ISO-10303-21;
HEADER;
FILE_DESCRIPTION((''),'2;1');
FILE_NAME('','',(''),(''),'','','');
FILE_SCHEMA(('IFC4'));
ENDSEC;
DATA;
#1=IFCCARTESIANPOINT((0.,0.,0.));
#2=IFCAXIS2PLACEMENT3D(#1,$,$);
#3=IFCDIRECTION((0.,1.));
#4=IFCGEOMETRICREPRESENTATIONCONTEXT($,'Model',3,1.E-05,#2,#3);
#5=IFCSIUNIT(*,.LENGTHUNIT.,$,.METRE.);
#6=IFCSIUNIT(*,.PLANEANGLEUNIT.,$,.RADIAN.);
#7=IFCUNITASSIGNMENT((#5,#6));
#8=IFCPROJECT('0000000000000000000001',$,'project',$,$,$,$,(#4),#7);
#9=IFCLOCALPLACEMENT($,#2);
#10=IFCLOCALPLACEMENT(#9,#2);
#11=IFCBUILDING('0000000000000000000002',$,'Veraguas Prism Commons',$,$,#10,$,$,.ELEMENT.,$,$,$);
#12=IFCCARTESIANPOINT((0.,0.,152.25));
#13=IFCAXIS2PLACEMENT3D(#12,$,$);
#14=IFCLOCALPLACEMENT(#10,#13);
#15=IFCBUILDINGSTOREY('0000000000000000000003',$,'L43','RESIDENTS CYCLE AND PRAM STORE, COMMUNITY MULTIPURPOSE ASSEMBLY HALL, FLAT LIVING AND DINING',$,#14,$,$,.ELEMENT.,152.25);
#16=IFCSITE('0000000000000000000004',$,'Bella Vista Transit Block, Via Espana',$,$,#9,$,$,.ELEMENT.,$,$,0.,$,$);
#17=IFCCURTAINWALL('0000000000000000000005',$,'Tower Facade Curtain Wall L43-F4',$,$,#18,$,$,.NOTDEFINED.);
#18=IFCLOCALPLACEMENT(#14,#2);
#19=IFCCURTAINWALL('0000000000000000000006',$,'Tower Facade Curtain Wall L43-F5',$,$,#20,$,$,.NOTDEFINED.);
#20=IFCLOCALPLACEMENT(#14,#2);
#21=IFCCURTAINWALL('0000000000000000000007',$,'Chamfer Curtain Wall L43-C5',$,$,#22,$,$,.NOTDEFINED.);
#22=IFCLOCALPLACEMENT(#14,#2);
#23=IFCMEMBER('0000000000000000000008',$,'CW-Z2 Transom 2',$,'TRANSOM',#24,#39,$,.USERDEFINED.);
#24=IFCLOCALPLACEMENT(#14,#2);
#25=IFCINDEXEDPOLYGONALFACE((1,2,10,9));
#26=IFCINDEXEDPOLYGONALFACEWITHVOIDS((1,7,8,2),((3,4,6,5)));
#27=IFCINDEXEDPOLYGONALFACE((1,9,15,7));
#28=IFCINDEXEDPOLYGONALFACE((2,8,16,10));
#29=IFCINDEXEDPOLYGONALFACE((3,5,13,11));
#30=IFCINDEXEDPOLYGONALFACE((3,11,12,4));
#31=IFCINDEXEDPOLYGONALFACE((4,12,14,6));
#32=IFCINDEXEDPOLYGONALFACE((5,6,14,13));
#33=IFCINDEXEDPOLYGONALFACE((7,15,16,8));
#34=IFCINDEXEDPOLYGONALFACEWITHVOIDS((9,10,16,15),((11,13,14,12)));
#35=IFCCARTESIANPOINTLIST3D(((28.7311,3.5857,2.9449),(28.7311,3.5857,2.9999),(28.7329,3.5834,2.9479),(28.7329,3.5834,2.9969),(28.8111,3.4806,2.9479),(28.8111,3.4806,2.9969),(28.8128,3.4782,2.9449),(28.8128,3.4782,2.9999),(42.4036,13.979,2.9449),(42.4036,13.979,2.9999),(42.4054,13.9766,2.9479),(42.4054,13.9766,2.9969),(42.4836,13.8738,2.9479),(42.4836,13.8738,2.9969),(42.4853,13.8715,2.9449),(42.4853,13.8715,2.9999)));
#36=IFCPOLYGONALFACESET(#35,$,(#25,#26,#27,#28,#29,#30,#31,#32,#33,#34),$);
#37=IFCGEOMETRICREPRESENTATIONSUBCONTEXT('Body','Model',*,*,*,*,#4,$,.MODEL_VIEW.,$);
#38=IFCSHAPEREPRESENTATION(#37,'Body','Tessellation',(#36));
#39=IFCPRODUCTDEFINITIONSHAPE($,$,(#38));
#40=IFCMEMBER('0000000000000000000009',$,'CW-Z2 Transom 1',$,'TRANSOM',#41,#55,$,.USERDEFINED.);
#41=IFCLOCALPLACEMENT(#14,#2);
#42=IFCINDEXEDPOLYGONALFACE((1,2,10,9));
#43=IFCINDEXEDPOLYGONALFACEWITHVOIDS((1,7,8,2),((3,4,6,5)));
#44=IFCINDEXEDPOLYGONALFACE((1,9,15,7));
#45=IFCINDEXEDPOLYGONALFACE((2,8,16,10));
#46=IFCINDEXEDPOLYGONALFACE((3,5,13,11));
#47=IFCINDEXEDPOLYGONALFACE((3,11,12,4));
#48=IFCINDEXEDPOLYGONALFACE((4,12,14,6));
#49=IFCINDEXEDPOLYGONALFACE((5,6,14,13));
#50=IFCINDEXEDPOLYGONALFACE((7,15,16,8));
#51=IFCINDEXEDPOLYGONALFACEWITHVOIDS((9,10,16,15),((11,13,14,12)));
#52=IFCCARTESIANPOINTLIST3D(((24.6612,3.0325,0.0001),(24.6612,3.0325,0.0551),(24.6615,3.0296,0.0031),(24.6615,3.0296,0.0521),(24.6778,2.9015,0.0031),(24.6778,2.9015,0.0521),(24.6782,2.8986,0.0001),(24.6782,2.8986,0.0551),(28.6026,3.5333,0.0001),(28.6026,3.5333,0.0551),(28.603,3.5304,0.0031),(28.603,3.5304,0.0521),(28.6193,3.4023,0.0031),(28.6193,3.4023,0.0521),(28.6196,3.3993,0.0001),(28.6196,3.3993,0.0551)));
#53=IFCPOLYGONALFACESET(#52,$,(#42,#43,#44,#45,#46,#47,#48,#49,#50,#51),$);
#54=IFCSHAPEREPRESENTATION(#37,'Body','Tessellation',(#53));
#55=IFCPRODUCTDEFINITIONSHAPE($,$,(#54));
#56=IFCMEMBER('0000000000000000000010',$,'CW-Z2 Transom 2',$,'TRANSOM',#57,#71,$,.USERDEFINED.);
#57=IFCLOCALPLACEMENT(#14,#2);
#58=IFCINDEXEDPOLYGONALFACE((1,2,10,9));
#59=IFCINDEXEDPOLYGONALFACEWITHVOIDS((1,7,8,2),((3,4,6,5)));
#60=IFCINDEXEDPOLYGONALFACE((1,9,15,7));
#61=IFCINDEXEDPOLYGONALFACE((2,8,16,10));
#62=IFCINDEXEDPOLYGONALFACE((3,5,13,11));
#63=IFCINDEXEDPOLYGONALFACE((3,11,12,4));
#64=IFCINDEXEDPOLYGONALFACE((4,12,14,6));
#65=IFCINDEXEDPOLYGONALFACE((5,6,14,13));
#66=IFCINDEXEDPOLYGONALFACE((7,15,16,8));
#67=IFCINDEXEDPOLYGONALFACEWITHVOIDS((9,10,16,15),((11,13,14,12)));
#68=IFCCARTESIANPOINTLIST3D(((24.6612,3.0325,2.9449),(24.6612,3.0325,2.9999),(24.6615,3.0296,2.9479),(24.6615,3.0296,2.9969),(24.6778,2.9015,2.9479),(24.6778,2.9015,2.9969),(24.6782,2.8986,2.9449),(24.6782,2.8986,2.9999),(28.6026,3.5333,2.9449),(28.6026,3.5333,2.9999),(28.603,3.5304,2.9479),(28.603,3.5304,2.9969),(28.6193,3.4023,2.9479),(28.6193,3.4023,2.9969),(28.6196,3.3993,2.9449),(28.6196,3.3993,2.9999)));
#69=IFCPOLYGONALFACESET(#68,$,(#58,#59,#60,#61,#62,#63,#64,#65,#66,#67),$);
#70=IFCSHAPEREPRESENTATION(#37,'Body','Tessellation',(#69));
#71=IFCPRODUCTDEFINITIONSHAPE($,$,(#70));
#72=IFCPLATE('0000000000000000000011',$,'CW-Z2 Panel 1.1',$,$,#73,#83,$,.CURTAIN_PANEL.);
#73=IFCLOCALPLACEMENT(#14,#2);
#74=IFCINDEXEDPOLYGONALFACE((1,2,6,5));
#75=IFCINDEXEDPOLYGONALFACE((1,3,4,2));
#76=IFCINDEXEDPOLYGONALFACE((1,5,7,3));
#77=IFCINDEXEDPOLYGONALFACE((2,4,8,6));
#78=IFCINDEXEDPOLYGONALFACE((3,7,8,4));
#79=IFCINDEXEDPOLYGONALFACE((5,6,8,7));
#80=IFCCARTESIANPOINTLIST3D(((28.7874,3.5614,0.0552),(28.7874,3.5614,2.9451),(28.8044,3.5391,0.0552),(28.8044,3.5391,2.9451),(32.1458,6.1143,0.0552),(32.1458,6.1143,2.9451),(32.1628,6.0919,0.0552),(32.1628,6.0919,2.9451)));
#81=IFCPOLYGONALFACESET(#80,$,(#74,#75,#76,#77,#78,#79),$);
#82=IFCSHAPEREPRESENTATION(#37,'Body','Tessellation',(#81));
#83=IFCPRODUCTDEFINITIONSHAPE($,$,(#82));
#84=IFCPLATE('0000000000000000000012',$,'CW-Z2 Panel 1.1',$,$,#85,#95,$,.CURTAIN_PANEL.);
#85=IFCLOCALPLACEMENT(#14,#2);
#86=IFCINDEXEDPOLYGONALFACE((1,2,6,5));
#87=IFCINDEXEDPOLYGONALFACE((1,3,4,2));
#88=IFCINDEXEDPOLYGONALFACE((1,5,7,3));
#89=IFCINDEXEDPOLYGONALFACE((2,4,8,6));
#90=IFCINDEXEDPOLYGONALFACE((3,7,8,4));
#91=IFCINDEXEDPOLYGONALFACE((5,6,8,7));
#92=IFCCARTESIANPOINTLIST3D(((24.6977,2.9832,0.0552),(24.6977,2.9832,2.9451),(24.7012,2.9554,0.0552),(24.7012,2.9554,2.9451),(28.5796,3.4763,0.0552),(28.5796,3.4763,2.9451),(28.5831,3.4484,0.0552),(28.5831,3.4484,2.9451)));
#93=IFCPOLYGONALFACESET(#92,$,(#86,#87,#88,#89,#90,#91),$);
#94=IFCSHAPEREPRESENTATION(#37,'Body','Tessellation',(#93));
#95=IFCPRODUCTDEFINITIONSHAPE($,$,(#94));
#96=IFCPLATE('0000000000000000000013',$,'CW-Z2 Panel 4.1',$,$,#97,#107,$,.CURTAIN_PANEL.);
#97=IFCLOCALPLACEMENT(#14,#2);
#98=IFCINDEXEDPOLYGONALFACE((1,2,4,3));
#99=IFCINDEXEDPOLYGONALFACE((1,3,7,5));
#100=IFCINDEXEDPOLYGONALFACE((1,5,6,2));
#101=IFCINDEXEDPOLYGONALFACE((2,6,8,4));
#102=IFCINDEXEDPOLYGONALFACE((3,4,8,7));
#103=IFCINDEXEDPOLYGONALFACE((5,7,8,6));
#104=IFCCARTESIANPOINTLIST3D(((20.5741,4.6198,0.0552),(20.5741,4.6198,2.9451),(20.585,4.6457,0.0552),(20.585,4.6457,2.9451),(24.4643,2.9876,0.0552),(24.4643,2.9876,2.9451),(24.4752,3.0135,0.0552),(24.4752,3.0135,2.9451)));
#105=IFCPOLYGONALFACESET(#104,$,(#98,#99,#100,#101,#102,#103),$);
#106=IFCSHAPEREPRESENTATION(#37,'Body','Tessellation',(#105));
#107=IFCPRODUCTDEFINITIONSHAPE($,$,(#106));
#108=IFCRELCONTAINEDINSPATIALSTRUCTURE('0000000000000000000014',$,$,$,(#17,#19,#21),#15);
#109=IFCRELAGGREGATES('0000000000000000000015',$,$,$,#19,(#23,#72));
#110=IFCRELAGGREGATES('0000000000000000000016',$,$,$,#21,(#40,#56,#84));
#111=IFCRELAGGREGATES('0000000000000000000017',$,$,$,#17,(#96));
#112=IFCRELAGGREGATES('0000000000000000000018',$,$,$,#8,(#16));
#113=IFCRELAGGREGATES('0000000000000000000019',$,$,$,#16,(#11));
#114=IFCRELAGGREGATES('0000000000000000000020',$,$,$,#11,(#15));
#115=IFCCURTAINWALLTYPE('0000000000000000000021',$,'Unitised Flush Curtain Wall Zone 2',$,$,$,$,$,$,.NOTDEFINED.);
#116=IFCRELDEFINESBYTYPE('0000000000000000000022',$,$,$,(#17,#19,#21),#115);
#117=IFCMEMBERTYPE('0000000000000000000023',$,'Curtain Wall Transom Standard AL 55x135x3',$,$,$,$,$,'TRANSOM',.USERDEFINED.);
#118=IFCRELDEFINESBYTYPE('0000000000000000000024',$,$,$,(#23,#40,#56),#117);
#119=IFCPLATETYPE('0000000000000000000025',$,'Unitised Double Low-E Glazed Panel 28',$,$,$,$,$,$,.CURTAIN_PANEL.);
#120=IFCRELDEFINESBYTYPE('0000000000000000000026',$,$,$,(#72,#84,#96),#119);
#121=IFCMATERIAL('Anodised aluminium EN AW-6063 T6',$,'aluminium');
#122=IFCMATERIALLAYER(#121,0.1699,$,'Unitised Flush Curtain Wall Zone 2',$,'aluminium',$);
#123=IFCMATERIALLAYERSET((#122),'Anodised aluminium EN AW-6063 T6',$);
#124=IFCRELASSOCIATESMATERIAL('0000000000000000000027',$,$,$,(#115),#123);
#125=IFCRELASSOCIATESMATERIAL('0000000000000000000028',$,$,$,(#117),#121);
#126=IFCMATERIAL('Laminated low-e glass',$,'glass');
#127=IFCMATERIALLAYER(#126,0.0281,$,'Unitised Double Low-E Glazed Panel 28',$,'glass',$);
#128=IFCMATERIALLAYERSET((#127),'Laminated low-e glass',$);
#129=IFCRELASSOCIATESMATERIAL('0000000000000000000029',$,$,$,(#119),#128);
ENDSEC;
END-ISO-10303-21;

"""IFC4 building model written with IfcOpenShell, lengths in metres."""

from ifc_helpers import new_model, si_unit, direction, frame, origin, origin_2d, place, context, subcontext, project, spatial, rectangle, hollow_rectangle, extrude, source, transform, mapped, material, layer, layer_set, material_profile, profile_set, type_object, element, aggregate, save


model = new_model("IFC4")

# Units and contexts
model_context = context("Model", 3, precision=1e-05, world=origin(), true_north=direction((0.0, 1.0)))
body_context = subcontext(model_context, "Body", "Model", "MODEL_VIEW")
ifc_project = project(units=[si_unit("LENGTHUNIT", "METRE"), si_unit("PLANEANGLEUNIT", "RADIAN")], contexts=[model_context])

# Site, building, storey
site_placement = place(None, origin())
site = spatial("IfcSite", under=ifc_project, at=site_placement, Name="Bella Vista Transit Block, Via Espana", CompositionType="ELEMENT", RefElevation=0.0)
building_placement = place(site_placement, origin())
building = spatial("IfcBuilding", under=site, at=building_placement, Name="Veraguas Prism Commons", CompositionType="ELEMENT")
storey_placement = place(building_placement, frame((0.0, 0.0, 152.25)))
storey = spatial("IfcBuildingStorey", under=building, at=storey_placement, Name="L43", Description="RESIDENTS CYCLE AND PRAM STORE, COMMUNITY MULTIPURPOSE ASSEMBLY HALL, FLAT LIVING AND DINING", CompositionType="ELEMENT", Elevation=152.25)

# Curtain walls
ifc_material_1 = material(Name="Anodised aluminium EN AW-6063 T6", Category="aluminium")
ifc_layer_1 = layer(ifc_material_1, 0.1699, Name="Unitised Flush Curtain Wall Zone 2", Category="aluminium")
ifc_layer_set_1 = layer_set([ifc_layer_1], Name="Anodised aluminium EN AW-6063 T6")
curtain_wall_type = type_object("IfcCurtainWallType", Name="Unitised Flush Curtain Wall Zone 2", PredefinedType="NOTDEFINED", material=ifc_layer_set_1)
curtain_wall_1_placement = place(storey_placement, origin())
curtain_wall_1 = element("IfcCurtainWall", 1, at=curtain_wall_1_placement, inside=storey, type_object=curtain_wall_type, Name="Tower Facade Curtain Wall L43-F4", PredefinedType="NOTDEFINED")
curtain_wall_2_placement = place(storey_placement, origin())
curtain_wall_2 = element("IfcCurtainWall", 2, at=curtain_wall_2_placement, inside=storey, type_object=curtain_wall_type, Name="Tower Facade Curtain Wall L43-F5", PredefinedType="NOTDEFINED")

# Curtain wall
curtain_wall_3_placement = place(storey_placement, origin())
curtain_wall_3 = element("IfcCurtainWall", 3, at=curtain_wall_3_placement, inside=storey, type_object=curtain_wall_type, Name="Chamfer Curtain Wall L43-C5", PredefinedType="NOTDEFINED")

# Members
ifc_material_profile_1 = material_profile(ifc_material_1, hollow_rectangle(XDim=0.0549, YDim=0.135, WallThickness=0.0029, at=origin_2d()), Name="AL55X135X3")
ifc_profile_set_1 = profile_set([ifc_material_profile_1], Name="Anodised aluminium EN AW-6063 T6")
member_type_1 = type_object("IfcMemberType", Name="Curtain Wall Transom Standard AL 55x135x3", ElementType="TRANSOM", PredefinedType="USERDEFINED", material=ifc_profile_set_1)
shared_shape_1 = source(origin(), body_context, "Body", "SweptSolid", [
    extrude(hollow_rectangle(XDim=0.0549, YDim=0.135, WallThickness=0.0029, at=origin_2d()), origin(), (0.0, 0.0, 1.0), 17.1743),
])
member_1_placement = place(storey_placement, frame((28.772, 3.532, 2.9724), z_axis=(0.796102, 0.605162, 0.0), x_axis=(0.0, 0.0, 1.0)))
member_1 = element("IfcMember", 4, at=member_1_placement, type_object=member_type_1, Name="CW-Z2 Transom 2", ObjectType="TRANSOM", PredefinedType="USERDEFINED", context=body_context, shape_type="MappedRepresentation", body=[
    mapped(shared_shape_1, transform((0.0, 0.0, 0.0), scale=1.0)),
])
shared_shape_2 = source(origin(), body_context, "Body", "SweptSolid", [
    extrude(hollow_rectangle(XDim=0.0549, YDim=0.135, WallThickness=0.0029, at=origin_2d()), origin(), (0.0, 0.0, 1.0), 3.9731),
])
member_2_placement = place(storey_placement, frame((24.6697, 2.9656, 0.0276), z_axis=(0.992026, 0.126031, 0.0), x_axis=(0.0, 0.0, 1.0)))
member_2 = element("IfcMember", 5, at=member_2_placement, type_object=member_type_1, Name="CW-Z2 Transom 1", ObjectType="TRANSOM", PredefinedType="USERDEFINED", context=body_context, shape_type="MappedRepresentation", body=[
    mapped(shared_shape_2, transform((0.0, 0.0, 0.0), scale=1.0)),
])
member_3_placement = place(storey_placement, frame((24.6697, 2.9656, 2.9724), z_axis=(0.992026, 0.126031, 0.0), x_axis=(0.0, 0.0, 1.0)))
member_3 = element("IfcMember", 6, at=member_3_placement, type_object=member_type_1, Name="CW-Z2 Transom 2", ObjectType="TRANSOM", PredefinedType="USERDEFINED", context=body_context, shape_type="MappedRepresentation", body=[
    mapped(shared_shape_2, transform((0.0, 0.0, 0.0), scale=1.0)),
])

# Plates
ifc_material_2 = material(Name="Laminated low-e glass", Category="glass")
ifc_layer_2 = layer(ifc_material_2, 0.0281, Name="Unitised Double Low-E Glazed Panel 28", Category="glass")
ifc_layer_set_2 = layer_set([ifc_layer_2], Name="Laminated low-e glass")
plate_type = type_object("IfcPlateType", Name="Unitised Double Low-E Glazed Panel 28", PredefinedType="CURTAIN_PANEL", material=ifc_layer_set_2)
shared_shape_3 = source(origin(), body_context, "Body", "SweptSolid", [
    extrude(rectangle(XDim=4.2185, YDim=0.0281, at=origin_2d()), origin(), (0.0, 0.0, 1.0), 2.8899),
])
plate_1_placement = place(storey_placement, frame((30.4751, 4.8267, 0.0552), z_axis=(0.0, 0.0, 1.0), x_axis=(0.796104, 0.605159, 0.0)))
plate_1 = element("IfcPlate", 7, at=plate_1_placement, type_object=plate_type, Name="CW-Z2 Panel 1.1", PredefinedType="CURTAIN_PANEL", context=body_context, shape_type="MappedRepresentation", body=[
    mapped(shared_shape_3, transform((0.0, 0.0, 0.0), scale=1.0)),
])
aggregate(curtain_wall_2, [member_1, plate_1])
shared_shape_4 = source(origin(), body_context, "Body", "SweptSolid", [
    extrude(rectangle(XDim=3.9131, YDim=0.0281, at=origin_2d()), origin(), (0.0, 0.0, 1.0), 2.8899),
])
plate_2_placement = place(storey_placement, frame((26.6404, 3.2158, 0.0552), z_axis=(0.0, 0.0, 1.0), x_axis=(0.99203, 0.126005, 0.0)))
plate_2 = element("IfcPlate", 8, at=plate_2_placement, type_object=plate_type, Name="CW-Z2 Panel 1.1", PredefinedType="CURTAIN_PANEL", context=body_context, shape_type="MappedRepresentation", body=[
    mapped(shared_shape_4, transform((0.0, 0.0, 0.0), scale=1.0)),
])
aggregate(curtain_wall_3, [member_2, member_3, plate_2])
shared_shape_5 = source(origin(), body_context, "Body", "SweptSolid", [
    extrude(rectangle(XDim=4.2188, YDim=0.0281, at=origin_2d()), origin(), (0.0, 0.0, 1.0), 2.8899),
])
plate_3_placement = place(storey_placement, frame((22.5247, 3.8167, 0.0552), z_axis=(0.0, 0.0, 1.0), x_axis=(0.922132, -0.386875, 0.0)))
plate_3 = element("IfcPlate", 9, at=plate_3_placement, type_object=plate_type, Name="CW-Z2 Panel 4.1", PredefinedType="CURTAIN_PANEL", context=body_context, shape_type="MappedRepresentation", body=[
    mapped(shared_shape_5, transform((0.0, 0.0, 0.0), scale=1.0)),
])
aggregate(curtain_wall_1, [plate_3])

save(model, "model.ifc")
